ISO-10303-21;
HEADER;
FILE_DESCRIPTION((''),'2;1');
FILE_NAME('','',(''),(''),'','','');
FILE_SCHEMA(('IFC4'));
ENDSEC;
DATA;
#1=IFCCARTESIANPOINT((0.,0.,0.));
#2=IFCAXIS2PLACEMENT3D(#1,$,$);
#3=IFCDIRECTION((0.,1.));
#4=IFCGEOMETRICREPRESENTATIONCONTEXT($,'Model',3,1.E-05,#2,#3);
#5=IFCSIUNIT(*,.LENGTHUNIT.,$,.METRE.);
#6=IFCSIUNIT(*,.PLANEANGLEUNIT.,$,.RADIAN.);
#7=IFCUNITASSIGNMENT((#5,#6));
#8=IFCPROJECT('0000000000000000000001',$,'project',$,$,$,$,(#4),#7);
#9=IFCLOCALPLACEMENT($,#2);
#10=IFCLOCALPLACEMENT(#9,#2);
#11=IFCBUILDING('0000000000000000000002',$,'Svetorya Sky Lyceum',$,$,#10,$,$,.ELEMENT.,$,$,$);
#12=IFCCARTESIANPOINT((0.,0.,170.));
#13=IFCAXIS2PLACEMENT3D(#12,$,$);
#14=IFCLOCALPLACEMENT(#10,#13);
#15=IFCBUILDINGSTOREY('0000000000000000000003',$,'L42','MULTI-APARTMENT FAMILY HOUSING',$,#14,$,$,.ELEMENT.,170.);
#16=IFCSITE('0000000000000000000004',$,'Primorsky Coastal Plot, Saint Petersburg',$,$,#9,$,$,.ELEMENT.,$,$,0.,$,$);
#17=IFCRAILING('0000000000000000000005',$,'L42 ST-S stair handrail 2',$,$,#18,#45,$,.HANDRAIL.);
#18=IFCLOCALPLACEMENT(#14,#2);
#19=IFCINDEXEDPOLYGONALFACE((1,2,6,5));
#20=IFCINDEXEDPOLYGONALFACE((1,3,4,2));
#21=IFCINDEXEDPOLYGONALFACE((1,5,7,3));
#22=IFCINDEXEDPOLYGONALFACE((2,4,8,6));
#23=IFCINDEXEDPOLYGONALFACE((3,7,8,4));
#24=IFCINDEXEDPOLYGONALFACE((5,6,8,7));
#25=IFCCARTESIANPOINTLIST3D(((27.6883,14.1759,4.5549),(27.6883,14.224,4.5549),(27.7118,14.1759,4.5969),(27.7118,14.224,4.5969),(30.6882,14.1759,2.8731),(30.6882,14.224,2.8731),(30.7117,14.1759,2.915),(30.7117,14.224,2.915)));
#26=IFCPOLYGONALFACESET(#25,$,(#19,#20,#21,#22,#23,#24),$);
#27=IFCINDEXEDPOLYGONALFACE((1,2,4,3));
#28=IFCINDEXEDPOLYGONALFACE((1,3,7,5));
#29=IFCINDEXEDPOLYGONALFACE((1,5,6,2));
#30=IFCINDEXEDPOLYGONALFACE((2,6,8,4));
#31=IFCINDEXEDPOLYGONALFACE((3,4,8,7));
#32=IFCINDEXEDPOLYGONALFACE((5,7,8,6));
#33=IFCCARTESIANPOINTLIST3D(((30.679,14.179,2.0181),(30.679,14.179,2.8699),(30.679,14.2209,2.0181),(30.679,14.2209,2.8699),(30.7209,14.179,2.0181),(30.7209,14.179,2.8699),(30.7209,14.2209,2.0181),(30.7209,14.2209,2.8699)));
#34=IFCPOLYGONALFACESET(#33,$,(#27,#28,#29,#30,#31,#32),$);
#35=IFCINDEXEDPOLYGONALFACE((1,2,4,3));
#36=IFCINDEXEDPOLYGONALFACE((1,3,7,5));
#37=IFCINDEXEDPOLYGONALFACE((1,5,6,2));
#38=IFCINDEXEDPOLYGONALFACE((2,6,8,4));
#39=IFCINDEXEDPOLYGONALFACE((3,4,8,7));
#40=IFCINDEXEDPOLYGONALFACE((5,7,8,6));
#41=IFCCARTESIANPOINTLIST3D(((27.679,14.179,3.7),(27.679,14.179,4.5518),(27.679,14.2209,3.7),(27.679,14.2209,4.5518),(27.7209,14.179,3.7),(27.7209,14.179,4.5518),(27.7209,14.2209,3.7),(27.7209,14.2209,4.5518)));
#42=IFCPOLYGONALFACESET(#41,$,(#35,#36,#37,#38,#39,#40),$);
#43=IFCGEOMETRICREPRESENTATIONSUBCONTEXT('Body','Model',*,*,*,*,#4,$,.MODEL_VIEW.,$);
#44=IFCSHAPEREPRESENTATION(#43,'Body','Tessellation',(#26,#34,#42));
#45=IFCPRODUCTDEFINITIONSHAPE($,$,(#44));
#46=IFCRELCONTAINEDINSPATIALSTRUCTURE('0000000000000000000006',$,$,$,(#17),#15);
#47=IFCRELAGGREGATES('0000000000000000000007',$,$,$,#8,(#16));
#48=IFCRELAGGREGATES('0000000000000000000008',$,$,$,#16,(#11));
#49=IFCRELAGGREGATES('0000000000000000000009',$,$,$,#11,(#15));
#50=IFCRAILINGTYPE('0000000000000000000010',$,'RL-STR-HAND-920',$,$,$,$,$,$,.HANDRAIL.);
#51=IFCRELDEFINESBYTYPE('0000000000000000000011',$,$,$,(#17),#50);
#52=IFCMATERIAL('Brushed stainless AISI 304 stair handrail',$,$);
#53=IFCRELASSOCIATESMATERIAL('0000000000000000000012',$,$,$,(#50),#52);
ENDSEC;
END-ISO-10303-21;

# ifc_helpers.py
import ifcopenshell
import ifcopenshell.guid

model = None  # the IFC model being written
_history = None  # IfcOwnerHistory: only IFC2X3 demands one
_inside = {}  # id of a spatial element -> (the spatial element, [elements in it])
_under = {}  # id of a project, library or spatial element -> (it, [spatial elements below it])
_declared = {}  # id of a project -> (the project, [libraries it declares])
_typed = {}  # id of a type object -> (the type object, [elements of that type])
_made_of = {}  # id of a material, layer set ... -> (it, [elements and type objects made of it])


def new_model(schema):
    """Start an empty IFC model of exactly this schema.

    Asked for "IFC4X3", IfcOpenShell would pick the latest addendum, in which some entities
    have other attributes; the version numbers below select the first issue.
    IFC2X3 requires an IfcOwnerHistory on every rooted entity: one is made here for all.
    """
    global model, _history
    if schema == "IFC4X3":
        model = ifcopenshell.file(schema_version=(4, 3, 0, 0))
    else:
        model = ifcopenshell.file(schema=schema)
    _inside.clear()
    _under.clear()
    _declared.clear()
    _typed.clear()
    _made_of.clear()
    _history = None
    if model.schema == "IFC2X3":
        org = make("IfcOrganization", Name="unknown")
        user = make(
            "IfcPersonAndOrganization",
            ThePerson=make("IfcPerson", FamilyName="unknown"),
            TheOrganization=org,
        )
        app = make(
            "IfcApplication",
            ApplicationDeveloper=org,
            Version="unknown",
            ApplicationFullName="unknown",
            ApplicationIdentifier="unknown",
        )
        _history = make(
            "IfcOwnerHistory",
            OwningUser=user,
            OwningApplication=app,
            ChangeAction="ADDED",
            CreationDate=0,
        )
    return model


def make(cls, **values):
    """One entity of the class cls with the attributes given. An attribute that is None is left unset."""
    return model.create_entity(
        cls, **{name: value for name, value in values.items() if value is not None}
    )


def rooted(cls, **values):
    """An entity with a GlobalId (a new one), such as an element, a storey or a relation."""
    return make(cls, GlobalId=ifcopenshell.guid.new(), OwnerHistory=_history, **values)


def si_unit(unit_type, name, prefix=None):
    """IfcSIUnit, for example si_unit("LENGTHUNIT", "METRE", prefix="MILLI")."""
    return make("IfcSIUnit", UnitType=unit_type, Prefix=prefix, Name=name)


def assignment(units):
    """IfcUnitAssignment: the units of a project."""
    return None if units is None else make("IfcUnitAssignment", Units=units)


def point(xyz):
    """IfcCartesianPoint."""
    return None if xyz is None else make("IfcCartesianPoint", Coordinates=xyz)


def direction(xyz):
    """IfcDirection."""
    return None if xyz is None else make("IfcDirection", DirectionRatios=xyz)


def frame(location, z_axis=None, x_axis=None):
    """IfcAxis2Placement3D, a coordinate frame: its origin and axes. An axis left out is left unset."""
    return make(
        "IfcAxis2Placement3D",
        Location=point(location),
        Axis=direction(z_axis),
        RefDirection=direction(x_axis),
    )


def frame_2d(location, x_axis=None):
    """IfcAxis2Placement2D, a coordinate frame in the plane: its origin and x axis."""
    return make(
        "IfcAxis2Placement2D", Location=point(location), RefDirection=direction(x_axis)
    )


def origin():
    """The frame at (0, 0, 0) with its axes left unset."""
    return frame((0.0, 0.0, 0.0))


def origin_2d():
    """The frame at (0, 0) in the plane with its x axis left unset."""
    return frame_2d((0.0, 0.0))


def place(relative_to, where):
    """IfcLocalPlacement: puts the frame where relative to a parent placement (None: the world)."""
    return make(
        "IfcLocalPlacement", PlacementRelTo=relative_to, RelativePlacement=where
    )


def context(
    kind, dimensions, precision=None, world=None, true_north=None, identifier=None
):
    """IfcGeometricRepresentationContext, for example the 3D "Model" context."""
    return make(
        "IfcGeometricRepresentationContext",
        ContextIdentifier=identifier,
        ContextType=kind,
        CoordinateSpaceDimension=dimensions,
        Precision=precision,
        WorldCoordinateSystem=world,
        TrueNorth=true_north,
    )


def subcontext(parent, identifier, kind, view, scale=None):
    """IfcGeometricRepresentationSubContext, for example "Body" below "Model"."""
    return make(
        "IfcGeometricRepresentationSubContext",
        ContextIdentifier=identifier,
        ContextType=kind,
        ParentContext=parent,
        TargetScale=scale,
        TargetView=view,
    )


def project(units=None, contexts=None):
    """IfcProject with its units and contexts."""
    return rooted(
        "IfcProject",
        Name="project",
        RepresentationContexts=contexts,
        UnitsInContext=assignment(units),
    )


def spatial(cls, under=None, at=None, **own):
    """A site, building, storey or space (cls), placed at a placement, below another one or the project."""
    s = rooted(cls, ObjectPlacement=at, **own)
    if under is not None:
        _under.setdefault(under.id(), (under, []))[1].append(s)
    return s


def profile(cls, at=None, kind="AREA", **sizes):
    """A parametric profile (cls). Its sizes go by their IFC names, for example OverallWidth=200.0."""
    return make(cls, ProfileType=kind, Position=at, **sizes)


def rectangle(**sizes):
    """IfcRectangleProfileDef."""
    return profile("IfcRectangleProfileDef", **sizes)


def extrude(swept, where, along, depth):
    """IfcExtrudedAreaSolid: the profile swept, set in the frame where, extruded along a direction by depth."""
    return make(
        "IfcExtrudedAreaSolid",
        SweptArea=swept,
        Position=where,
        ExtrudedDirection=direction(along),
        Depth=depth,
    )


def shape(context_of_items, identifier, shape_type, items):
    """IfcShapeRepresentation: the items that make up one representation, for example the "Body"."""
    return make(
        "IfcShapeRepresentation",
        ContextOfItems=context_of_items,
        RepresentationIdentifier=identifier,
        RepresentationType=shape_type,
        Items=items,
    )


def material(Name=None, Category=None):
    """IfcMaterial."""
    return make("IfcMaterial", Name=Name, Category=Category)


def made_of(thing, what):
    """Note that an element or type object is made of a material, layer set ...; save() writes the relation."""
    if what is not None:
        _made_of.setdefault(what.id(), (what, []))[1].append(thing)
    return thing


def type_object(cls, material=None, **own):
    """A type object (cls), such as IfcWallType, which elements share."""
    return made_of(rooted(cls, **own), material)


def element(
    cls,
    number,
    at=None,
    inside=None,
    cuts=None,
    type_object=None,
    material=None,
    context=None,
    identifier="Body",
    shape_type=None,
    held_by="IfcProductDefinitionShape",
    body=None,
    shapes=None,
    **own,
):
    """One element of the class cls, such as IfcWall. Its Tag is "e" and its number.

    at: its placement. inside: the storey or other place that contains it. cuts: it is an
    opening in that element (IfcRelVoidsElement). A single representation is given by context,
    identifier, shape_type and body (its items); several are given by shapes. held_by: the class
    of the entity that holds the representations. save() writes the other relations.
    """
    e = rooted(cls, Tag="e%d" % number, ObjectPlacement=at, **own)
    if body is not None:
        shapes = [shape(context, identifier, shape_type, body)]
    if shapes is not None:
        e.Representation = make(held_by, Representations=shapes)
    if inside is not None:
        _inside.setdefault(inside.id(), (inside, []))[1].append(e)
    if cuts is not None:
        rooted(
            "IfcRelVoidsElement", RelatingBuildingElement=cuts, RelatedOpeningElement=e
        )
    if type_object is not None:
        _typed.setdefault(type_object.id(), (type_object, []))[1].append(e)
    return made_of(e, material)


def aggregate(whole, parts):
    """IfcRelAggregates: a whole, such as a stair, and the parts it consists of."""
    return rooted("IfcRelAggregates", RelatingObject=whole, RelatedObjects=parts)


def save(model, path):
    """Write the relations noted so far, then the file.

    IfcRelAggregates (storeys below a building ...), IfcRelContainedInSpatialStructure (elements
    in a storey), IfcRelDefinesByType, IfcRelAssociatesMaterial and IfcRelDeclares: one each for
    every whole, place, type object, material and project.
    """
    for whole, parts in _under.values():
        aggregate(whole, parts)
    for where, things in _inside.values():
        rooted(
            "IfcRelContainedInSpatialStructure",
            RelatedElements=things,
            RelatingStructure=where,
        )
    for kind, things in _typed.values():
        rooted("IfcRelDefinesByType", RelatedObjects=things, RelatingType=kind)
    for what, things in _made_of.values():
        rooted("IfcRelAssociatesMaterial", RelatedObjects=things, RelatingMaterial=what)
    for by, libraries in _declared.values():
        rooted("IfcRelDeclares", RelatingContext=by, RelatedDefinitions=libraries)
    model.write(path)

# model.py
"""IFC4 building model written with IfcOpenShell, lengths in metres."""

from ifc_helpers import new_model, si_unit, direction, frame, origin, origin_2d, place, context, subcontext, project, spatial, rectangle, extrude, material, type_object, element, save


model = new_model("IFC4")

# Units and contexts
model_context = context("Model", 3, precision=1e-05, world=origin(), true_north=direction((0.0, 1.0)))
body_context = subcontext(model_context, "Body", "Model", "MODEL_VIEW")
ifc_project = project(units=[si_unit("LENGTHUNIT", "METRE"), si_unit("PLANEANGLEUNIT", "RADIAN")], contexts=[model_context])

# Site, building, storey
site_placement = place(None, origin())
site = spatial("IfcSite", under=ifc_project, at=site_placement, Name="Primorsky Coastal Plot, Saint Petersburg", CompositionType="ELEMENT", RefElevation=0.0)
building_placement = place(site_placement, origin())
building = spatial("IfcBuilding", under=site, at=building_placement, Name="Svetorya Sky Lyceum", CompositionType="ELEMENT")
storey_placement = place(building_placement, frame((0.0, 0.0, 170.0)))
storey = spatial("IfcBuildingStorey", under=building, at=storey_placement, Name="L42", Description="MULTI-APARTMENT FAMILY HOUSING", CompositionType="ELEMENT", Elevation=170.0)

# Railing
ifc_material_1 = material(Name="Brushed stainless AISI 304 stair handrail")
railing_type_1 = type_object("IfcRailingType", Name="RL-STR-HAND-920", PredefinedType="HANDRAIL", material=ifc_material_1)
railing_1_placement = place(storey_placement, frame((30.7, 14.2, 2.0181)))
element("IfcRailing", 1, at=railing_1_placement, inside=storey, type_object=railing_type_1, Name="L42 ST-S stair handrail 2", PredefinedType="HANDRAIL", context=body_context, shape_type="SweptSolid", body=[
    extrude(rectangle(XDim=0.0481, YDim=0.0481, at=origin_2d()), frame((0.0, 0.0, 0.876), z_axis=(-0.872272, 0.0, 0.48902), x_axis=(0.0, -1.0, 0.0)), (0.0, 0.0, 1.0), 3.4392),
    extrude(rectangle(XDim=0.042, YDim=0.042, at=origin_2d()), origin(), (0.0, 0.0, 1.0), 0.8518),
    extrude(rectangle(XDim=0.042, YDim=0.042, at=origin_2d()), frame((-3.0, 0.0, 1.6819)), (0.0, 0.0, 1.0), 0.8518),
])

save(model, "model.ifc")
